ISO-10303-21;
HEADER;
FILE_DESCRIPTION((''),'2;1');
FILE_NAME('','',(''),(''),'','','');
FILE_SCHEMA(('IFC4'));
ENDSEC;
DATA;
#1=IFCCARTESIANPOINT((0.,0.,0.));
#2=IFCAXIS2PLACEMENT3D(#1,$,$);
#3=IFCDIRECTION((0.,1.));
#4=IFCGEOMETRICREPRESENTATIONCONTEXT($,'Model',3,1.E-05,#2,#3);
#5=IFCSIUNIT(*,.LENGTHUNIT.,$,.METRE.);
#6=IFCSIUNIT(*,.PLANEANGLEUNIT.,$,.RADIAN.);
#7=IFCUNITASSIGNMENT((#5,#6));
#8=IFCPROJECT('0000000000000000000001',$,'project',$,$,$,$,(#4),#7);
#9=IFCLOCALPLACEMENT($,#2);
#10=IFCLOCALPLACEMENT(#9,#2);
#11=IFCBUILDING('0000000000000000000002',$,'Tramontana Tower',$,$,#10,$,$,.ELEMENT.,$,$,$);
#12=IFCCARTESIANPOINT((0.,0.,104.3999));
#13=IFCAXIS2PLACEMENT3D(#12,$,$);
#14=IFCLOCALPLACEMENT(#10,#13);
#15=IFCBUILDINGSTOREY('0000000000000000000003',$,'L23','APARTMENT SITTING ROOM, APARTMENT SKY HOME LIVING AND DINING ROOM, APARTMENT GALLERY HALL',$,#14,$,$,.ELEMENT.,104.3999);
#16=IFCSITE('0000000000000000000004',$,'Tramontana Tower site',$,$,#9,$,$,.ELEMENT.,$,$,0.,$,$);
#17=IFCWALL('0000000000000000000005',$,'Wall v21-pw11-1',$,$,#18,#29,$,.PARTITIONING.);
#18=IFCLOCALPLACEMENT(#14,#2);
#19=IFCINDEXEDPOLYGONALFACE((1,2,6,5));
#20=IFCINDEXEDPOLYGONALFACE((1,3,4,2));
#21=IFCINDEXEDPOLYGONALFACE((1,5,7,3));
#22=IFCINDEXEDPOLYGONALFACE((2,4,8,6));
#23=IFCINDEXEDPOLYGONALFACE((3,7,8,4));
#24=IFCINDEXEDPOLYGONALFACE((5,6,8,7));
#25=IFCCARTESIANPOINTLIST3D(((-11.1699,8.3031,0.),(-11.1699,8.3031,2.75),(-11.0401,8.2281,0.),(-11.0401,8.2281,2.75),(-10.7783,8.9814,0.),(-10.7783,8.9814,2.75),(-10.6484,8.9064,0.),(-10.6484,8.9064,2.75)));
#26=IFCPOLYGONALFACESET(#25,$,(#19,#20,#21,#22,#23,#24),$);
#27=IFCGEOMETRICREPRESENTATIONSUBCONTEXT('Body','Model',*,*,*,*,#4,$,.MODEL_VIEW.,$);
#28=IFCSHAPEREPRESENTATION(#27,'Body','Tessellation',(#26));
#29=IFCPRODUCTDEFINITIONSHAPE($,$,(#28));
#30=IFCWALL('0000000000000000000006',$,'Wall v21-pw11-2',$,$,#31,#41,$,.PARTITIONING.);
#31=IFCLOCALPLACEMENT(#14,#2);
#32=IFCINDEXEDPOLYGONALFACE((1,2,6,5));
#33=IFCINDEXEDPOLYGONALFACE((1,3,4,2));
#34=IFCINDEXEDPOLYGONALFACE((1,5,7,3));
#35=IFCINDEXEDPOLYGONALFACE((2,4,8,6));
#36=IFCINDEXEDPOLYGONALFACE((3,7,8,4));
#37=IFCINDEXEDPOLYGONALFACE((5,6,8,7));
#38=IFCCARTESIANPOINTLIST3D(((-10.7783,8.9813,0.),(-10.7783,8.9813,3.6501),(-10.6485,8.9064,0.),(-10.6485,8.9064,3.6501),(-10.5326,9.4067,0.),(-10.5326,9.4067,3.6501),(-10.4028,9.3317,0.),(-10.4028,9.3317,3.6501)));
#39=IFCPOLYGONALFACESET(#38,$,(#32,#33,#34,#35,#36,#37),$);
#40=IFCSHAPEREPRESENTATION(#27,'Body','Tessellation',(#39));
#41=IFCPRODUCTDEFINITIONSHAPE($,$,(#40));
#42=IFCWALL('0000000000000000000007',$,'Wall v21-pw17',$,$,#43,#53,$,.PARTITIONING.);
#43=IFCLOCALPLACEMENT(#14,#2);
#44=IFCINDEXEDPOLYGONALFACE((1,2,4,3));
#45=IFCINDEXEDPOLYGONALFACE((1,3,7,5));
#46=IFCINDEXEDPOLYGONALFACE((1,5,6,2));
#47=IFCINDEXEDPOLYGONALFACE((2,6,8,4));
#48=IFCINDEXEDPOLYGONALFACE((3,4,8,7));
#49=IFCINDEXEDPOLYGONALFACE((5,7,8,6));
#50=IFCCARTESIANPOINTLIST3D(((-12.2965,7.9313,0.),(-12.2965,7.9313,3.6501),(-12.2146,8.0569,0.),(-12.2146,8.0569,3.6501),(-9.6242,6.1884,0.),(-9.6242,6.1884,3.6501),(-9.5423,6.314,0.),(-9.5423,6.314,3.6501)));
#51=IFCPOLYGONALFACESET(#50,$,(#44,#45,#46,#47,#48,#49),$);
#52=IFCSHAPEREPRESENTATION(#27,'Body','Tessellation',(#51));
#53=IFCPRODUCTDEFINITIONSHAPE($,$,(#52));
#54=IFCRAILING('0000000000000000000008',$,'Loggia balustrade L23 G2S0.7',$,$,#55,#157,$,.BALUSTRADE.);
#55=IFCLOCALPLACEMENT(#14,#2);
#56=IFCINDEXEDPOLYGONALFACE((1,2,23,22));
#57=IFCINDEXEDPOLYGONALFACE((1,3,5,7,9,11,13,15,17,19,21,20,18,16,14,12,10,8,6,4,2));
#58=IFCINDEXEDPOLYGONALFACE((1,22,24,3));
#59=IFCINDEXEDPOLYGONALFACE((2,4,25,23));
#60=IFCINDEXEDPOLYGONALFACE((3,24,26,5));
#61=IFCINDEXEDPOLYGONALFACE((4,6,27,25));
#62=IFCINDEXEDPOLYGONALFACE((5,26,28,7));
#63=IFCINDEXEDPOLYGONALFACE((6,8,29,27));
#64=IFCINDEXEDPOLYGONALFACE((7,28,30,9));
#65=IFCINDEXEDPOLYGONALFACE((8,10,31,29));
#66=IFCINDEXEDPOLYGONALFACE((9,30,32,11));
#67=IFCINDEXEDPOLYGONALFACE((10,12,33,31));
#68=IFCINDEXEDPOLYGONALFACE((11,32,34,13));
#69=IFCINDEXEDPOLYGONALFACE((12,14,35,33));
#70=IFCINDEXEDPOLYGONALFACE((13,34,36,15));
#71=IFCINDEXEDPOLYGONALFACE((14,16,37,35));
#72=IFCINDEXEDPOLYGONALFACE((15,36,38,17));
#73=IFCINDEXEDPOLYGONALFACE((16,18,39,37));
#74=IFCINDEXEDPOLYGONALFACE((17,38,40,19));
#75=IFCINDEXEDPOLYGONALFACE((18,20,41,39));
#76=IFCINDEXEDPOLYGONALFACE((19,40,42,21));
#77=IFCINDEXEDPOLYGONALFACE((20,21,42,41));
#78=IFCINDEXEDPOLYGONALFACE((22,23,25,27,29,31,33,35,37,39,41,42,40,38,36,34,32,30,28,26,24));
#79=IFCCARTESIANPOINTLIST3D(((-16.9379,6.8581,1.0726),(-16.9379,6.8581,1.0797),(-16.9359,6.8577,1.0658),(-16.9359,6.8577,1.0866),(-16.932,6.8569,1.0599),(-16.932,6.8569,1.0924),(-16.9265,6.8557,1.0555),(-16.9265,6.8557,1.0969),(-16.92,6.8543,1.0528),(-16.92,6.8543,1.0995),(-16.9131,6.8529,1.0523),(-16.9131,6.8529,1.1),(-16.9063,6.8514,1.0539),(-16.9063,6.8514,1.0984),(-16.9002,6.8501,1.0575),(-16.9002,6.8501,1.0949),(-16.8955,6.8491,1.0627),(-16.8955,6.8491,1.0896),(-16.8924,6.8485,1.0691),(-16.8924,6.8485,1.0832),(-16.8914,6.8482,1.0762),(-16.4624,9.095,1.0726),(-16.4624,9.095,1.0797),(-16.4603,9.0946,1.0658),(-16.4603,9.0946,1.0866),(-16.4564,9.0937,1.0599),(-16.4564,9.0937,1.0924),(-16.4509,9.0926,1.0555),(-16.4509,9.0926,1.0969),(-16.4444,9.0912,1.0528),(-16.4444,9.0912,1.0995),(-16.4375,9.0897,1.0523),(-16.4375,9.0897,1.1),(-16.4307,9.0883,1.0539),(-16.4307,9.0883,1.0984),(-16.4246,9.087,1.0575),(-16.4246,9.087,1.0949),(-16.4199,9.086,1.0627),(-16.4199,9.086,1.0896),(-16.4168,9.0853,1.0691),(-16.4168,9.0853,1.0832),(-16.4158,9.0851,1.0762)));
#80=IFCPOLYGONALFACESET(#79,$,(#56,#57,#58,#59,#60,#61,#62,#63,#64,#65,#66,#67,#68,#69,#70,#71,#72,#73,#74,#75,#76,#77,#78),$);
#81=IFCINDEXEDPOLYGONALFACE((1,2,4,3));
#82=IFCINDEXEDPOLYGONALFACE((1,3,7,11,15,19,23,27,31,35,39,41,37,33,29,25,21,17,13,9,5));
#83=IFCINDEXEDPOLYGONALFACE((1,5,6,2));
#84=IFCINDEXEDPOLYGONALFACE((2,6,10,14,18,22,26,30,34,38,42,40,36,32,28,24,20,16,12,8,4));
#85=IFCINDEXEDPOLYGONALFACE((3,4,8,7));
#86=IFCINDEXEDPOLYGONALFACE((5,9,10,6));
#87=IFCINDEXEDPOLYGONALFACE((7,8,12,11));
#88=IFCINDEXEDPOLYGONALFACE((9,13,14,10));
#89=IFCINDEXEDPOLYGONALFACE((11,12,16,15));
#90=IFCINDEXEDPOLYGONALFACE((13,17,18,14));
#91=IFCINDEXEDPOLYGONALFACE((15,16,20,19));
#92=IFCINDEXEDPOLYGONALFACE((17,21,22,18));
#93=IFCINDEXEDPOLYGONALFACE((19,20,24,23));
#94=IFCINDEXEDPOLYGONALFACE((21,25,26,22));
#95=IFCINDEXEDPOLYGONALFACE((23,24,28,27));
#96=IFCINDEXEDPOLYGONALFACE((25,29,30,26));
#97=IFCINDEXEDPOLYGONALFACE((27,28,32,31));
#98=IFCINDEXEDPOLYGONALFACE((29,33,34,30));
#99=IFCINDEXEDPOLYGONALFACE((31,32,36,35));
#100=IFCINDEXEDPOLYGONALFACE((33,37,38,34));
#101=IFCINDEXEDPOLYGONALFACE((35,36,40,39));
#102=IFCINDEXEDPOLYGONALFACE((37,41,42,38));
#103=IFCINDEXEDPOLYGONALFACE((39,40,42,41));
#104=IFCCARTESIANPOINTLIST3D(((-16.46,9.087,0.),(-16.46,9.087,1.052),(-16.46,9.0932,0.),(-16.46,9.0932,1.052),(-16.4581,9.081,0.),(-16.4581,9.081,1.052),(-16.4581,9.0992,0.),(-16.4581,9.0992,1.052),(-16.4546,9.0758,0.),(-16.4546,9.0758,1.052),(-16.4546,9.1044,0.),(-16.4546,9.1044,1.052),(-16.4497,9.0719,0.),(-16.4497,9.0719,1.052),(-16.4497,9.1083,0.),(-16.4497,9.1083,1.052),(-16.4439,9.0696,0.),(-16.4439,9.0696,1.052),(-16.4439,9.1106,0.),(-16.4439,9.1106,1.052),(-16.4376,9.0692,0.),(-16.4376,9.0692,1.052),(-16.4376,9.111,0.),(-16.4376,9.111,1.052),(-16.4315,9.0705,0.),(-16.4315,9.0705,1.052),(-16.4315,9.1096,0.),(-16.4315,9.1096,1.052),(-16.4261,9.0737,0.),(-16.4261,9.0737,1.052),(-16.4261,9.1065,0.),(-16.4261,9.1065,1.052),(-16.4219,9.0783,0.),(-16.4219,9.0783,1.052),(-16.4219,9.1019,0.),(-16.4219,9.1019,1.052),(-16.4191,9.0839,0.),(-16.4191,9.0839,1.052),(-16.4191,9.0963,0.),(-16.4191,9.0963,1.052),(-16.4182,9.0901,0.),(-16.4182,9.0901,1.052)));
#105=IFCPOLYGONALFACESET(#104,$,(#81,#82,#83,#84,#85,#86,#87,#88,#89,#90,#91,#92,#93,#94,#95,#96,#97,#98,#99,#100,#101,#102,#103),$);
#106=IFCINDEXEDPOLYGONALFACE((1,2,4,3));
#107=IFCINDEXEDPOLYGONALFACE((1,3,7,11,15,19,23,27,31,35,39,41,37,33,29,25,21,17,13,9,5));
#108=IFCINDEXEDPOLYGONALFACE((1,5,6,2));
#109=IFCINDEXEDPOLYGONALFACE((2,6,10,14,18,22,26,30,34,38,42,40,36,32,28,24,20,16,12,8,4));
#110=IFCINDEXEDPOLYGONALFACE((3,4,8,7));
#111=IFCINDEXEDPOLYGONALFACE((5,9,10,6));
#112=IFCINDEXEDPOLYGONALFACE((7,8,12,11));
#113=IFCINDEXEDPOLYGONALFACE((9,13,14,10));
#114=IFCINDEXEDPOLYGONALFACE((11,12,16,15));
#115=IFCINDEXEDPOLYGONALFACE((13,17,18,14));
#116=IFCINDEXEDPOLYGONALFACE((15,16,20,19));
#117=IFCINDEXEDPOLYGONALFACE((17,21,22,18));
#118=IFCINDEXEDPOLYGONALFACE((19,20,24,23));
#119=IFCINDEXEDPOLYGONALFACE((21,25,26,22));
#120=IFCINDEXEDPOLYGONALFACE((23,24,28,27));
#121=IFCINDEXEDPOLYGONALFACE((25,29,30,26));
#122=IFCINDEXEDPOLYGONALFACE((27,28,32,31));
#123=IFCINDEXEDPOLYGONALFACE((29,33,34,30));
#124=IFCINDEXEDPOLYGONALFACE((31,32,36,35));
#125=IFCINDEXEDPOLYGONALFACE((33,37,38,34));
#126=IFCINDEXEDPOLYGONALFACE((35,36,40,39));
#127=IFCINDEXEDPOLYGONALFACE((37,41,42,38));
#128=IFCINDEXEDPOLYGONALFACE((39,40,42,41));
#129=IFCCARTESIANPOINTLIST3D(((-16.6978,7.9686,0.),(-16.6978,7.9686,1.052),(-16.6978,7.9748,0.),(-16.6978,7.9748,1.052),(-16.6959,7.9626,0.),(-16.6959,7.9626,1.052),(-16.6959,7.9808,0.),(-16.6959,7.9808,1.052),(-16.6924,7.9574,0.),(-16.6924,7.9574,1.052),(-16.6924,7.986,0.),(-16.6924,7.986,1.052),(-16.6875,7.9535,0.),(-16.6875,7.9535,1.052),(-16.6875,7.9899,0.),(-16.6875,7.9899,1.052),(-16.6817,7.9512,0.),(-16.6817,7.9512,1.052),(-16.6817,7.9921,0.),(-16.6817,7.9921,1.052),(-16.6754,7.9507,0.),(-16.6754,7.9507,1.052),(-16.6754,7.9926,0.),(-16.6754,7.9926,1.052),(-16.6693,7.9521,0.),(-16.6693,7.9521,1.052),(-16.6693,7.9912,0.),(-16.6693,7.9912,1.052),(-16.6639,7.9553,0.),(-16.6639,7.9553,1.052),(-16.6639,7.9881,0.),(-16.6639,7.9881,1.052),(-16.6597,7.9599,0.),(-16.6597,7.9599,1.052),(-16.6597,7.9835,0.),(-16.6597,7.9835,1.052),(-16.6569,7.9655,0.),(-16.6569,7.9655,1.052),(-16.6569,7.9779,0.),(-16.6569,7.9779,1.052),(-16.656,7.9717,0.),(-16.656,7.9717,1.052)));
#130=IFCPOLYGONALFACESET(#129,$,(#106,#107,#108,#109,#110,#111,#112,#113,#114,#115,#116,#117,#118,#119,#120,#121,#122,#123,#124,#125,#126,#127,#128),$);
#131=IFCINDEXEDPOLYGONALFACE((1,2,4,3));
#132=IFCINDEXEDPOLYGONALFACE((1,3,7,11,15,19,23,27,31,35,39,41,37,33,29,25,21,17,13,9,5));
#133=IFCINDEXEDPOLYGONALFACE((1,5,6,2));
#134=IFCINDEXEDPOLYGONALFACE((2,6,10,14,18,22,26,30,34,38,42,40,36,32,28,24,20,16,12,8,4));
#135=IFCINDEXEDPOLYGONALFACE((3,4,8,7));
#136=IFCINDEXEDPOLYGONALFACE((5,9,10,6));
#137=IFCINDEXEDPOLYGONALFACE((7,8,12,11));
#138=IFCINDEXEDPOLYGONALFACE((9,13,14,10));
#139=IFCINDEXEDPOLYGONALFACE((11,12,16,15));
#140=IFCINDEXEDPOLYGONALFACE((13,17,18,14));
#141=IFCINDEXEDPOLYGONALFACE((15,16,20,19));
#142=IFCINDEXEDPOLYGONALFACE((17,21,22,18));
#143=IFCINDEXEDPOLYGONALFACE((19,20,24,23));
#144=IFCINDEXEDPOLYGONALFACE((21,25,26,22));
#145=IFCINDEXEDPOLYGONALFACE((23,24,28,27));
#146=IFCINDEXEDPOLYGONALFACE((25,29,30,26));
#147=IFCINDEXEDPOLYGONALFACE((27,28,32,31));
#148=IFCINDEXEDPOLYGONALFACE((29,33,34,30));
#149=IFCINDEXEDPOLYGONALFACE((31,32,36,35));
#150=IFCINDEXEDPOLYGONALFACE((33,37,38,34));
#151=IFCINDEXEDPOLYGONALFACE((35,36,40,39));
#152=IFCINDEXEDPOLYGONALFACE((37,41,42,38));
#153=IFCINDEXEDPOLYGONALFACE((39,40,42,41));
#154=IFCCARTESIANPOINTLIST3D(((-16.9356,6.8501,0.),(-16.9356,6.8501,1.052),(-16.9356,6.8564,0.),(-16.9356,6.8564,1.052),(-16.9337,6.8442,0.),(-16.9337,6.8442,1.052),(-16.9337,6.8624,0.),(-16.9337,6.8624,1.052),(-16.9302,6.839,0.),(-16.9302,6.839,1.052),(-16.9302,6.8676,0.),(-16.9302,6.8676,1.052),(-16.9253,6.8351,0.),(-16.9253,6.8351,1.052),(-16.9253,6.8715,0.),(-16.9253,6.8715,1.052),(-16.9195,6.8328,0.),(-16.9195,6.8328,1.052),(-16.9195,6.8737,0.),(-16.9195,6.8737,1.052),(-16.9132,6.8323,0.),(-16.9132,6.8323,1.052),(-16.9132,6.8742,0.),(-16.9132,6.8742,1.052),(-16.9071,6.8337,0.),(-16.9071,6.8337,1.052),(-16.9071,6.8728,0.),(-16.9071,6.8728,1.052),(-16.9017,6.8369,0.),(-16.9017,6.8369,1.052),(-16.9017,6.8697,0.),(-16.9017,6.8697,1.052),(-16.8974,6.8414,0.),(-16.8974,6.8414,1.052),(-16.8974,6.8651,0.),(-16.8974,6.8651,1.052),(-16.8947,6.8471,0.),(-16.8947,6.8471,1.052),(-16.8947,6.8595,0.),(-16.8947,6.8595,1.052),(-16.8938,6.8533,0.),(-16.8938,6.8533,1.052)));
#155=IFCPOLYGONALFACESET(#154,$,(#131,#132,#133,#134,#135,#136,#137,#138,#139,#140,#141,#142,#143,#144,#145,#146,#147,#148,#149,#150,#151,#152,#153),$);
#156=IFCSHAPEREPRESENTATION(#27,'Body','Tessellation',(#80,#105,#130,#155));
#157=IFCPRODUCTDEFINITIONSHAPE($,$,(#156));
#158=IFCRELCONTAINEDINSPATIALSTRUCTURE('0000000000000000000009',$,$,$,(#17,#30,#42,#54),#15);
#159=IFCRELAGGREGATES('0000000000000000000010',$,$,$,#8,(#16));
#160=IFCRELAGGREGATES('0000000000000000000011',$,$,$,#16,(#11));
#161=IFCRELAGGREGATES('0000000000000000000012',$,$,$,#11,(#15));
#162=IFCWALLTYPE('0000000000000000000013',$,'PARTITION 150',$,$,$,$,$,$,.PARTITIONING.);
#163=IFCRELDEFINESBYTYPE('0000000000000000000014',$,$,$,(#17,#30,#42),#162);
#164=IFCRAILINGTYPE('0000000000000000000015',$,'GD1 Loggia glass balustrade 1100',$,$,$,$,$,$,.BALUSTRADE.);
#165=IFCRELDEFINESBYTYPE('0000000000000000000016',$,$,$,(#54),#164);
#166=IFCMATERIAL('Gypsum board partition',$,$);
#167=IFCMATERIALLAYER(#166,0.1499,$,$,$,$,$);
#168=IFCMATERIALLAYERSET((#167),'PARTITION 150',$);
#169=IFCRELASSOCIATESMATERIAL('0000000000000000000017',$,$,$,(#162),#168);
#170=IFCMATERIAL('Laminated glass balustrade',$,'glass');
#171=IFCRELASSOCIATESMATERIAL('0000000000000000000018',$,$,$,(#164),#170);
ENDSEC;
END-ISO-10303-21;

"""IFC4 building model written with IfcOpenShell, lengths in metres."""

from ifc_helpers import new_model, si_unit, direction, frame, frame_2d, origin, origin_2d, place, context, subcontext, project, spatial, rectangle, circle, extrude, material, layer, layer_set, type_object, element, save


model = new_model("IFC4")

# Units and contexts
model_context = context("Model", 3, precision=1e-05, world=origin(), true_north=direction((0.0, 1.0)))
body_context = subcontext(model_context, "Body", "Model", "MODEL_VIEW")
ifc_project = project(units=[si_unit("LENGTHUNIT", "METRE"), si_unit("PLANEANGLEUNIT", "RADIAN")], contexts=[model_context])

# Site, building, storey
site_placement = place(None, origin())
site = spatial("IfcSite", under=ifc_project, at=site_placement, Name="Tramontana Tower site", CompositionType="ELEMENT", RefElevation=0.0)
building_placement = place(site_placement, origin())
building = spatial("IfcBuilding", under=site, at=building_placement, Name="Tramontana Tower", CompositionType="ELEMENT")
storey_placement = place(building_placement, frame((0.0, 0.0, 104.3999)))
storey = spatial("IfcBuildingStorey", under=building, at=storey_placement, Name="L23", Description="APARTMENT SITTING ROOM, APARTMENT SKY HOME LIVING AND DINING ROOM, APARTMENT GALLERY HALL", CompositionType="ELEMENT", Elevation=104.3999)

# Shared definitions
ifc_material_1 = material(Name="Gypsum board partition")
ifc_layer_1 = layer(ifc_material_1, 0.1499)
ifc_layer_set_1 = layer_set([ifc_layer_1], Name="PARTITION 150")
wall_type_1 = type_object("IfcWallType", Name="PARTITION 150", PredefinedType="PARTITIONING", material=ifc_layer_set_1)

# Walls
wall_1_placement = place(storey_placement, frame((-11.105, 8.2656, 0.0), z_axis=(0.0, 0.0, 1.0), x_axis=(0.500028, 0.866009, 0.0)))
element("IfcWall", 1, at=wall_1_placement, inside=storey, type_object=wall_type_1, Name="Wall v21-pw11-1", PredefinedType="PARTITIONING", context=body_context, shape_type="SweptSolid", body=[
    extrude(rectangle(XDim=0.7832, YDim=0.1499, at=frame_2d((0.3916, 0.0))), origin(), (0.0, 0.0, 1.0), 2.75),
])
wall_2_placement = place(storey_placement, frame((-10.7134, 8.9438, 0.0), z_axis=(0.0, 0.0, 1.0), x_axis=(0.500095, 0.86597, 0.0)))
element("IfcWall", 2, at=wall_2_placement, inside=storey, type_object=wall_type_1, Name="Wall v21-pw11-2", PredefinedType="PARTITIONING", context=body_context, shape_type="SweptSolid", body=[
    extrude(rectangle(XDim=0.4912, YDim=0.1499, at=frame_2d((0.2456, 0.0))), origin(), (0.0, 0.0, 1.0), 3.6501),
])
wall_3_placement = place(storey_placement, frame((-9.5833, 6.2512, 0.0), z_axis=(0.0, 0.0, 1.0), x_axis=(-0.8376, 0.546284, 0.0)))
element("IfcWall", 3, at=wall_3_placement, inside=storey, type_object=wall_type_1, Name="Wall v21-pw17", PredefinedType="PARTITIONING", context=body_context, shape_type="SweptSolid", body=[
    extrude(rectangle(XDim=3.1904, YDim=0.1499, at=frame_2d((1.5952, 0.0))), origin(), (0.0, 0.0, 1.0), 3.6501),
])

# Railing
ifc_material_2 = material(Name="Laminated glass balustrade", Category="glass")
railing_type = type_object("IfcRailingType", Name="GD1 Loggia glass balustrade 1100", PredefinedType="BALUSTRADE", material=ifc_material_2)
railing_placement = place(storey_placement, frame((-16.4392, 9.0901, 0.0)))
element("IfcRailing", 4, at=railing_placement, inside=storey, type_object=railing_type, Name="Loggia balustrade L23 G2S0.7", PredefinedType="BALUSTRADE", context=body_context, shape_type="SweptSolid", body=[
    extrude(circle(Radius=0.0239, at=origin_2d()), frame((0.0, 0.0, 1.0762), z_axis=(-0.207969, -0.978136, 0.0), x_axis=(0.978136, -0.207969, 0.0)), (0.0, 0.0, 1.0), 2.2869),
    extrude(circle(Radius=0.021, at=origin_2d()), origin(), (0.0, 0.0, 1.0), 1.052),
    extrude(circle(Radius=0.021, at=origin_2d()), frame((-0.2378, -1.1184, 0.0)), (0.0, 0.0, 1.0), 1.052),
    extrude(circle(Radius=0.021, at=origin_2d()), frame((-0.4756, -2.2368, 0.0)), (0.0, 0.0, 1.0), 1.052),
])

save(model, "model.ifc")
